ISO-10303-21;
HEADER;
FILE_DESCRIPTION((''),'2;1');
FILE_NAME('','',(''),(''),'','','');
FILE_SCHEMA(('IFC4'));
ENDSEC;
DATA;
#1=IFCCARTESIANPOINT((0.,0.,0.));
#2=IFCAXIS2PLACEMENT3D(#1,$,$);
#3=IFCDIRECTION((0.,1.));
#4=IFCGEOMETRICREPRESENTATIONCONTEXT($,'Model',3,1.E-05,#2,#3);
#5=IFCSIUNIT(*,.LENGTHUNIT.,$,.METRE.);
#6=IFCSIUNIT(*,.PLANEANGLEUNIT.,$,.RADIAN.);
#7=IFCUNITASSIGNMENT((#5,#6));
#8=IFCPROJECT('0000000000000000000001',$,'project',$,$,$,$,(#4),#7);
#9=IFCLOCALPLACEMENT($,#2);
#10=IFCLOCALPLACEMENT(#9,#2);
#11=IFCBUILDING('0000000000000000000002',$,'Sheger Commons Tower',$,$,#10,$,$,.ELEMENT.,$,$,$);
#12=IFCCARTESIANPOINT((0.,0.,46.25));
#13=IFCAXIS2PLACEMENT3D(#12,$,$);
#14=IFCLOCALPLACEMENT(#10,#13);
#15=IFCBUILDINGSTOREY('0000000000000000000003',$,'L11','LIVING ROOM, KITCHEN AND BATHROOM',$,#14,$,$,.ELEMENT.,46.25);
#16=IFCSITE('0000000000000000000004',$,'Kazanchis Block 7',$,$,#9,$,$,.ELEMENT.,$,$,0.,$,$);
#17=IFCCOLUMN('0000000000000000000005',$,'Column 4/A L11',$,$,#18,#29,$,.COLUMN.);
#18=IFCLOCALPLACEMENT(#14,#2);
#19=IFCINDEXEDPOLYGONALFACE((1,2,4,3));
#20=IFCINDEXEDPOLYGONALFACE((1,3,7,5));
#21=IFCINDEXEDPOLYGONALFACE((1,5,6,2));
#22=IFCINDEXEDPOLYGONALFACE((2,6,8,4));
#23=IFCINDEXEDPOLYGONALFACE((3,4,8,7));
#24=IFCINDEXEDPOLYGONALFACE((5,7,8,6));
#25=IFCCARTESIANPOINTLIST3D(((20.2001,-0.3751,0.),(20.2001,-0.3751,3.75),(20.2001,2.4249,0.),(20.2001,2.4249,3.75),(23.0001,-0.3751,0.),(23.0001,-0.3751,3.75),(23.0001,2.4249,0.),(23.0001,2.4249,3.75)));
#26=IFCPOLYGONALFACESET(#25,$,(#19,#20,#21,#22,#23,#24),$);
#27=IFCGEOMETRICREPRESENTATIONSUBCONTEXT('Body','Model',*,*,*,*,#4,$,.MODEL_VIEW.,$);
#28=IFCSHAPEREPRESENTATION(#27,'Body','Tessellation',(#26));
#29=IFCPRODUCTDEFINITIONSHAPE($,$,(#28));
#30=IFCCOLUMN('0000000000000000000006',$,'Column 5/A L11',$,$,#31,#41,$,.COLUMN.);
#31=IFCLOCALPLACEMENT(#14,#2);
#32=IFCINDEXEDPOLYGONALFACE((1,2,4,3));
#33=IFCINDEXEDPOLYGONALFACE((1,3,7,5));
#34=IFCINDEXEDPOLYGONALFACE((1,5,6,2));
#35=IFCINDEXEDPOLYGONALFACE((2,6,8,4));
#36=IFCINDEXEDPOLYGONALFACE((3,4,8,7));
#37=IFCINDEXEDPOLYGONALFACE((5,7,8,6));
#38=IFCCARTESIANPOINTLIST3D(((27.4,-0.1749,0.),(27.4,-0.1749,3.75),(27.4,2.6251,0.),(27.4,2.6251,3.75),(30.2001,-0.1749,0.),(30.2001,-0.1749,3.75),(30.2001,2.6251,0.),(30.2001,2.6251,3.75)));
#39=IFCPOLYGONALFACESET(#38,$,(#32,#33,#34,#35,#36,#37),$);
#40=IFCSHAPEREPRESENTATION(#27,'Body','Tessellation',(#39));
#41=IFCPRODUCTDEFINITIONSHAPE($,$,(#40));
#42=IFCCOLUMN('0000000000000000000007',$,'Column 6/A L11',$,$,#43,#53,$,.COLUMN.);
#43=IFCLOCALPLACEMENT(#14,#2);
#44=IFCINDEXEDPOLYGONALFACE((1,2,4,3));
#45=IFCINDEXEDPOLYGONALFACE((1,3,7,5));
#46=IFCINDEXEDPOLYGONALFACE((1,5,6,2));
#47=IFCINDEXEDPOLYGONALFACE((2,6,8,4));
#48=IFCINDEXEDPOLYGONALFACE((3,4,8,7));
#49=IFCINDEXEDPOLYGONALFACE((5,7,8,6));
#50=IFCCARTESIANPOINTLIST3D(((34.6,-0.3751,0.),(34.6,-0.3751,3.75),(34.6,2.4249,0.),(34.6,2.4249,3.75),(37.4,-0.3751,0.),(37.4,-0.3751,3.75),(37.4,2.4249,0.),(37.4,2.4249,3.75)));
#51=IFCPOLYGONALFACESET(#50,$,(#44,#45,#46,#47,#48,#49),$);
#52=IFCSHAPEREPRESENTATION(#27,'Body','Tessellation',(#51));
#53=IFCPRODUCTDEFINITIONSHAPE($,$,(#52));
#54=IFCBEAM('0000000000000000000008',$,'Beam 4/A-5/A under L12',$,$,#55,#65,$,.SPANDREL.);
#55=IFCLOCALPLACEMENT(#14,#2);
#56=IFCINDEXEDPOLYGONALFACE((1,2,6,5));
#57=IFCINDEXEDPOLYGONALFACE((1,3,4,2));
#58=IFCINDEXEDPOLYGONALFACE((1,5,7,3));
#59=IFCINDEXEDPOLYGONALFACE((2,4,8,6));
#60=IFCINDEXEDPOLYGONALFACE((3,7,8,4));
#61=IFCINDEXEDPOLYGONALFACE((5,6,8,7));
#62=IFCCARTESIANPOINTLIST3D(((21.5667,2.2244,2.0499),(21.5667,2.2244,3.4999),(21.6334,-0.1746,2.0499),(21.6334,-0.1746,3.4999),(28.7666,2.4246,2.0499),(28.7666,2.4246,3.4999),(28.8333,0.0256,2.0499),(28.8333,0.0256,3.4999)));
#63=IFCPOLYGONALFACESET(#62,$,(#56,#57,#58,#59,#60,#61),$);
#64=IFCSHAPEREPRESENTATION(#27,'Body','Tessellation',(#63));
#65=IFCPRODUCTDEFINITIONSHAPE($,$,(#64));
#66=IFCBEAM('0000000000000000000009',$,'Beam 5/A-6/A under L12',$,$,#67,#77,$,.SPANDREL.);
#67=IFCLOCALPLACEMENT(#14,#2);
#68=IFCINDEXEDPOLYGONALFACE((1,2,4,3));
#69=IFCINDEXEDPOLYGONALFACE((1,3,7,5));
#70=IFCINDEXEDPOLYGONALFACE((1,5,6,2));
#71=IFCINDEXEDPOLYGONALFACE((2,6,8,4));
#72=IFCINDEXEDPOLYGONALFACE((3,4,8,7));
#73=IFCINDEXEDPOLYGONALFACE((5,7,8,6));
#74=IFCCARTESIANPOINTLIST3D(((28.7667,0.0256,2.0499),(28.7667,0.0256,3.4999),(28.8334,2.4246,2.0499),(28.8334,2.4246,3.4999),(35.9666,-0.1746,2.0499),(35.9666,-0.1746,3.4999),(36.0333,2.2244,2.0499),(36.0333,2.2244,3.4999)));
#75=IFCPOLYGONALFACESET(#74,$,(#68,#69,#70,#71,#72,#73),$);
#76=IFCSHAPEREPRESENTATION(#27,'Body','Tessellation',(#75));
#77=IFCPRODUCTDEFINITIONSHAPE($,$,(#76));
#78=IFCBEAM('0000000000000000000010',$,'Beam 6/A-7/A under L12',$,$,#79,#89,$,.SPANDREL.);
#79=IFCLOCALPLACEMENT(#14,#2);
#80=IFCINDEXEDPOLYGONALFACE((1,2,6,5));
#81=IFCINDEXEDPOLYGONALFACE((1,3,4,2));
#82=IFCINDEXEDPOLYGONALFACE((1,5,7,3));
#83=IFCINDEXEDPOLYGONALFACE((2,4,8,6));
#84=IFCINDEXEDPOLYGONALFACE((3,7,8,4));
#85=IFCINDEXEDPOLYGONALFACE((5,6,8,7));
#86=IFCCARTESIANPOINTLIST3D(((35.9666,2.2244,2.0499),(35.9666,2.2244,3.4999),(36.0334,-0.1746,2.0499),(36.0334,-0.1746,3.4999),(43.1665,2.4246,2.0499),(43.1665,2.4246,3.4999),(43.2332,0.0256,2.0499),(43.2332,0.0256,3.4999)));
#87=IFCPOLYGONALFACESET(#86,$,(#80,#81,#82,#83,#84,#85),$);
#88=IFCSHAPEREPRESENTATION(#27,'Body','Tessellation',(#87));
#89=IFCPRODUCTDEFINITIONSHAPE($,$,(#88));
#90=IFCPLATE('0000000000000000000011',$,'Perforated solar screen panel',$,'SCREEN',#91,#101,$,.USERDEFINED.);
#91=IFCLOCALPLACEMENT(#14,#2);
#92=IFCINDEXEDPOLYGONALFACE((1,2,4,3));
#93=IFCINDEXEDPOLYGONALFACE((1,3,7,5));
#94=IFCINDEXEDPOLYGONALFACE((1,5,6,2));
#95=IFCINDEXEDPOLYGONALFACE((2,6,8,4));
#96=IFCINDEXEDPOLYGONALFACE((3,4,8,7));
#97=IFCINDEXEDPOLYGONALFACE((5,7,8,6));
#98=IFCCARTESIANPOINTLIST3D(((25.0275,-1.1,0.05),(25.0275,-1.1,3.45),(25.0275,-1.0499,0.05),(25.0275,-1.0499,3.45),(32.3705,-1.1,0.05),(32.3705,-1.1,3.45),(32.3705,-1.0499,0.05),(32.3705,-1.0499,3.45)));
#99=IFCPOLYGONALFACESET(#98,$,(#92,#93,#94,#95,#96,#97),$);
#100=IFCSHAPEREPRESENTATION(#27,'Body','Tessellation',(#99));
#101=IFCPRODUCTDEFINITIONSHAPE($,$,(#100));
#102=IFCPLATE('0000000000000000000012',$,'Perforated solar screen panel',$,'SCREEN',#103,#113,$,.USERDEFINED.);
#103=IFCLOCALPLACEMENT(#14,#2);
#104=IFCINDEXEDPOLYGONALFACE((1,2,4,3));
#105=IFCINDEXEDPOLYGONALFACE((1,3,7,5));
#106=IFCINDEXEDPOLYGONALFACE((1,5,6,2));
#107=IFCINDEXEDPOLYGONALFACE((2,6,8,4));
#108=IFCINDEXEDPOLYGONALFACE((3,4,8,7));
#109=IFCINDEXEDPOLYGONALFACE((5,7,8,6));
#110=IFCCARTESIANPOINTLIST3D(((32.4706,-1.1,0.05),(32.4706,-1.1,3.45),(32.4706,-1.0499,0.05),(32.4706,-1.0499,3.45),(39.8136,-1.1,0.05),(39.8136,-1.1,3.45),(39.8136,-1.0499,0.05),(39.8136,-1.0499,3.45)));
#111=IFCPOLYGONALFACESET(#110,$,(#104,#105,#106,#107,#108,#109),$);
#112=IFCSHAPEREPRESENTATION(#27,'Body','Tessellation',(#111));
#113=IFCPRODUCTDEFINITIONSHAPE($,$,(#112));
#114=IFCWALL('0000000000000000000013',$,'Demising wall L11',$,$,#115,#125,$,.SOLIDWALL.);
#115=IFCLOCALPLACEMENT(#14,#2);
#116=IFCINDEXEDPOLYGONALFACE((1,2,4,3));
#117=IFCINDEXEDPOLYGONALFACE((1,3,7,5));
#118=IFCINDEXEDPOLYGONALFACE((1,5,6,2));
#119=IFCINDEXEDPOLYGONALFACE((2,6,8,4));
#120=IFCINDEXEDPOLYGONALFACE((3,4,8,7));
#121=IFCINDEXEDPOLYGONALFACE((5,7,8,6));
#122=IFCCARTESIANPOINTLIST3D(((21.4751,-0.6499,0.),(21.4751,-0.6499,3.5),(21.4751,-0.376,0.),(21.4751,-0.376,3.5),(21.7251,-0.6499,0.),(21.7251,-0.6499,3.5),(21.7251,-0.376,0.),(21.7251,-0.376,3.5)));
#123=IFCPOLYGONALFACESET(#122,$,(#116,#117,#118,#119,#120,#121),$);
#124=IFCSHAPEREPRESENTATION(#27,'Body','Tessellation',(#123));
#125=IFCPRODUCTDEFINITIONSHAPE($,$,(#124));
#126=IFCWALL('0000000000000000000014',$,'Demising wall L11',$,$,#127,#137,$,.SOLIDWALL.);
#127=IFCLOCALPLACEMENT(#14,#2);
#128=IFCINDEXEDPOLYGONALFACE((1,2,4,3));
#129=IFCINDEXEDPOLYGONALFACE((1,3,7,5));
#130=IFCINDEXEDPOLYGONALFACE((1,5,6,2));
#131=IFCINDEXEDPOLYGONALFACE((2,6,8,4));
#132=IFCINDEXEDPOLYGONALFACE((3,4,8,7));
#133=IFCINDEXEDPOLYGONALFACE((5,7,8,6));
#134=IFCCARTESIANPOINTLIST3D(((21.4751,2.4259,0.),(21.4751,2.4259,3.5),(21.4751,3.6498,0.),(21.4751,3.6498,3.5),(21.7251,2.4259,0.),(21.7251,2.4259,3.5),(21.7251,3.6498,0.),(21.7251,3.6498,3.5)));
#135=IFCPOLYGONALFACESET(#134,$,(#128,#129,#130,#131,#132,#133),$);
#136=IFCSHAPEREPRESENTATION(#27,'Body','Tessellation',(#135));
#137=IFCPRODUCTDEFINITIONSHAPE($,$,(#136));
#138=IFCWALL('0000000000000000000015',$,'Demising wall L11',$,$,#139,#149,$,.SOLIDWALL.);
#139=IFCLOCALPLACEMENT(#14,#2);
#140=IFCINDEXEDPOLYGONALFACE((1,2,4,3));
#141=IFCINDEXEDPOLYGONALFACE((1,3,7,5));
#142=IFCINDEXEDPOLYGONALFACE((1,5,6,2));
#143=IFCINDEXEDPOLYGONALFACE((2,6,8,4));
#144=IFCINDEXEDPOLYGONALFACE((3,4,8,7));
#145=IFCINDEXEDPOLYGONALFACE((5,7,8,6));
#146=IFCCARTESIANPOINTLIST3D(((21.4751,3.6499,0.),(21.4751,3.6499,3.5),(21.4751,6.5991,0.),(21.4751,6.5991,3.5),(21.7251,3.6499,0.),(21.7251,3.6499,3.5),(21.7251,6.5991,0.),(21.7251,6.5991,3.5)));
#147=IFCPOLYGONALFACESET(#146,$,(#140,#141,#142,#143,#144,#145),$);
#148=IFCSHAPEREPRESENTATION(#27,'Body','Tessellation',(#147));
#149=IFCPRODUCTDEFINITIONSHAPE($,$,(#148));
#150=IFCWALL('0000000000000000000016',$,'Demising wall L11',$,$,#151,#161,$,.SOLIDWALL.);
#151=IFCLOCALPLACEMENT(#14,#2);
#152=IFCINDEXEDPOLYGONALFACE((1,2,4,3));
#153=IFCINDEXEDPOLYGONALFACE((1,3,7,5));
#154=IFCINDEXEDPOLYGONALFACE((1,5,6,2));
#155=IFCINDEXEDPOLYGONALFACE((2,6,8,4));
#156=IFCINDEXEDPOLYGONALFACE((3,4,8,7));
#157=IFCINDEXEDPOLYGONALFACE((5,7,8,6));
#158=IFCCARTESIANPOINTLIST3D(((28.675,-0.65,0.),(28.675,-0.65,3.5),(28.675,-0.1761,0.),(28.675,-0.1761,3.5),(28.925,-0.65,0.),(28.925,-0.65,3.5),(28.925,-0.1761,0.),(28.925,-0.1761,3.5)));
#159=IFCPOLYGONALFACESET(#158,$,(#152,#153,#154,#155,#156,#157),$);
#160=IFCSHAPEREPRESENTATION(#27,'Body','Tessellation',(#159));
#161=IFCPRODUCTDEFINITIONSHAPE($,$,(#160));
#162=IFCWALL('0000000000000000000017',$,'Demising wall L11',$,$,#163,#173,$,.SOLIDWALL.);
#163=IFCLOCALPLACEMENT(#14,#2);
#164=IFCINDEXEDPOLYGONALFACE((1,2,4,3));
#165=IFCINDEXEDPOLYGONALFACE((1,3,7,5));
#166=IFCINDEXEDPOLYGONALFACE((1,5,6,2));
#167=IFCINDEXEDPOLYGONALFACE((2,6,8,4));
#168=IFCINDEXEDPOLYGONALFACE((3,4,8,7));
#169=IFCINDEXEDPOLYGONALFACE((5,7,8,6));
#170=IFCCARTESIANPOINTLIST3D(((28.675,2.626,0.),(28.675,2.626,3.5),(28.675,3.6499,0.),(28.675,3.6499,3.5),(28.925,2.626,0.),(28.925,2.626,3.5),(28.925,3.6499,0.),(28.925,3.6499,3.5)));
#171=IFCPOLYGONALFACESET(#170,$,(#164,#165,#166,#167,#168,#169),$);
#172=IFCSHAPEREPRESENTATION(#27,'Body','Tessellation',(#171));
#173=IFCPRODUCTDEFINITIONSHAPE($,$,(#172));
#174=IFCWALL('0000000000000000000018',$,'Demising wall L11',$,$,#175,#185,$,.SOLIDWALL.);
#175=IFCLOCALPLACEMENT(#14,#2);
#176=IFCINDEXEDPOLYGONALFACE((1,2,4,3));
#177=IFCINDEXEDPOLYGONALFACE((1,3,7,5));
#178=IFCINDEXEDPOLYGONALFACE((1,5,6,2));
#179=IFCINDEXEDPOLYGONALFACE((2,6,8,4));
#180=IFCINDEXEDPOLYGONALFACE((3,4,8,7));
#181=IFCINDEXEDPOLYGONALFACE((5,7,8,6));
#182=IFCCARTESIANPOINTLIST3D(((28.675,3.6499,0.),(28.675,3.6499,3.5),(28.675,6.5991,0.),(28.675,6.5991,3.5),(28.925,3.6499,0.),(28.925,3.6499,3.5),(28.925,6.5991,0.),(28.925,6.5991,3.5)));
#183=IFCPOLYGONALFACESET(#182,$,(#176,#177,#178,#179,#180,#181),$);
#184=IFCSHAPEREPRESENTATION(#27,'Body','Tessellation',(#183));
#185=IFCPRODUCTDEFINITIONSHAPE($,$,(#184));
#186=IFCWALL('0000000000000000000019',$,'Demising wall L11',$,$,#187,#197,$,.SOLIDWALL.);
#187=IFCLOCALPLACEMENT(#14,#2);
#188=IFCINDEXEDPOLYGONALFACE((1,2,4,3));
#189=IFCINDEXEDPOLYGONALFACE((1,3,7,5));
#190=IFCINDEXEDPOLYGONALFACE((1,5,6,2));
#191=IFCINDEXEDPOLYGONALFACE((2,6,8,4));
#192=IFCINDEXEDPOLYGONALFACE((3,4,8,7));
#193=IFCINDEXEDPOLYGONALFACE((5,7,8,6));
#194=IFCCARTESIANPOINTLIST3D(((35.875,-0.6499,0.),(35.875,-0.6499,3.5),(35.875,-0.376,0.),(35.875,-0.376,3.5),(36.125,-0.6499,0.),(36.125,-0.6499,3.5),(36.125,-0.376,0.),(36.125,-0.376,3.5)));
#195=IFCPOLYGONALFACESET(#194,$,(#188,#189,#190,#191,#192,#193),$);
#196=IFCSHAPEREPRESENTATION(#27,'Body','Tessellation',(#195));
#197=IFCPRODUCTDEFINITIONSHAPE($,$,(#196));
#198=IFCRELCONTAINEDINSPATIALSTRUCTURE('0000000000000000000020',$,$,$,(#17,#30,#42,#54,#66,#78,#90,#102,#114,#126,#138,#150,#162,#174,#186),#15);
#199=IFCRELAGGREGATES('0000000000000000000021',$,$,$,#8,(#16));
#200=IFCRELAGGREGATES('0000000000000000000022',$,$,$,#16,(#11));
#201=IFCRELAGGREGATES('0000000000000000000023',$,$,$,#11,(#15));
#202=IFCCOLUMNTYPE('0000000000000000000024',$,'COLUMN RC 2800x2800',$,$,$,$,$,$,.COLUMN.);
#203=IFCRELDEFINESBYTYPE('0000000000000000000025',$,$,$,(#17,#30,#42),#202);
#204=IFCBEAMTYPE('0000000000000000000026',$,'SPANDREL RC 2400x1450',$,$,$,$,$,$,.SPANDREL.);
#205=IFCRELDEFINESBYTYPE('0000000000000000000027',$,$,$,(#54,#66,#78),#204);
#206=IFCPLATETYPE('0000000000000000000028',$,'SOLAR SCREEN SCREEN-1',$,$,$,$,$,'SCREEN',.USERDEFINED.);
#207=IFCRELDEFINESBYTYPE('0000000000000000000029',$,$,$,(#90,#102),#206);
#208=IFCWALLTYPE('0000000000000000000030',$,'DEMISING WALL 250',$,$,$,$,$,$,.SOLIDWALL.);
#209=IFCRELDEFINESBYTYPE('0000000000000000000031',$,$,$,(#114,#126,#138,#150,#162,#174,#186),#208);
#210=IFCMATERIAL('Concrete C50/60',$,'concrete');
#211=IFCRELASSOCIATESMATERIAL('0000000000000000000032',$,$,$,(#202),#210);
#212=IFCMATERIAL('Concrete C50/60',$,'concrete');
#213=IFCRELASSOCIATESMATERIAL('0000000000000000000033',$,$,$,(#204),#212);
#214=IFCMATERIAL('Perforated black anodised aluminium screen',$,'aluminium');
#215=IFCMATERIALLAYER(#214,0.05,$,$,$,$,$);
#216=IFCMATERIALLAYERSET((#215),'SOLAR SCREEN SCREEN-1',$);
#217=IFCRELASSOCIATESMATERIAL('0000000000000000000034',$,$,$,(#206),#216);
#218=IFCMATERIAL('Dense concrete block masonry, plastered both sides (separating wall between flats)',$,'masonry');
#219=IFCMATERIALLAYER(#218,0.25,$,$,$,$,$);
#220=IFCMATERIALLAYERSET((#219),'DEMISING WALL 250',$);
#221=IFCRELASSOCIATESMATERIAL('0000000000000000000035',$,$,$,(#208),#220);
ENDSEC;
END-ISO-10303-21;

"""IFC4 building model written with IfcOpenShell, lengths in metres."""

from ifc_helpers import new_model, si_unit, direction, frame, frame_2d, origin, origin_2d, place, context, subcontext, project, spatial, rectangle, extrude, material, layer, layer_set, material_profile, profile_set, type_object, element, save


model = new_model("IFC4")

# Units and contexts
model_context = context("Model", 3, precision=1e-05, world=origin(), true_north=direction((0.0, 1.0)))
body_context = subcontext(model_context, "Body", "Model", "MODEL_VIEW")
ifc_project = project(units=[si_unit("LENGTHUNIT", "METRE"), si_unit("PLANEANGLEUNIT", "RADIAN")], contexts=[model_context])

# Site, building, storey
site_placement = place(None, origin())
site = spatial("IfcSite", under=ifc_project, at=site_placement, Name="Kazanchis Block 7", CompositionType="ELEMENT", RefElevation=0.0)
building_placement = place(site_placement, origin())
building = spatial("IfcBuilding", under=site, at=building_placement, Name="Sheger Commons Tower", CompositionType="ELEMENT")
storey_placement = place(building_placement, frame((0.0, 0.0, 46.25)))
storey = spatial("IfcBuildingStorey", under=building, at=storey_placement, Name="L11", Description="LIVING ROOM, KITCHEN AND BATHROOM", CompositionType="ELEMENT", Elevation=46.25)

# Columns
ifc_material_1 = material(Name="Concrete C50/60", Category="concrete")
ifc_material_profile_1 = material_profile(ifc_material_1, rectangle(XDim=2.8, YDim=2.8, at=origin_2d()), Name="RC 2800x2800")
ifc_profile_set_1 = profile_set([ifc_material_profile_1], Name="Concrete C50/60")
column_type = type_object("IfcColumnType", Name="COLUMN RC 2800x2800", PredefinedType="COLUMN", material=ifc_profile_set_1)
for number, where, z_axis, x_axis, name in (
    (1, (21.6001, 1.0249, 0.0), (0.0, 0.0, 1.0), (1.0, 0.0, 0.0), "Column 4/A L11"),
    (2, (28.8, 1.2251, 0.0), (0.0, 0.0, 1.0), (1.0, 0.0, 0.0), "Column 5/A L11"),
    (3, (36.0, 1.0249, 0.0), (0.0, 0.0, 1.0), (1.0, 0.0, 0.0), "Column 6/A L11"),
):
    element("IfcColumn", number, at=place(storey_placement, frame(where, z_axis=z_axis, x_axis=x_axis)), inside=storey, type_object=column_type, Name=name, PredefinedType="COLUMN", context=body_context, shape_type="SweptSolid", body=[
        extrude(rectangle(XDim=2.8, YDim=2.8, at=origin_2d()), origin(), (0.0, 0.0, 1.0), 3.75),
    ])

# Beams
ifc_material_2 = material(Name="Concrete C50/60", Category="concrete")
ifc_material_profile_2 = material_profile(ifc_material_2, rectangle(XDim=2.3999, YDim=1.45, at=origin_2d()), Name="RC 2400x1450")
ifc_profile_set_2 = profile_set([ifc_material_profile_2], Name="Concrete C50/60")
beam_type = type_object("IfcBeamType", Name="SPANDREL RC 2400x1450", PredefinedType="SPANDREL", material=ifc_profile_set_2)
for number, where, z_axis, x_axis, name in (
    (4, (21.6001, 1.0249, 2.7749), (0.999614, 0.027794, 0.0), (-0.027794, 0.999614, 0.0), "Beam 4/A-5/A under L12"),
    (5, (28.8, 1.2251, 2.7749), (0.999614, -0.027794, 0.0), (0.027794, 0.999614, 0.0), "Beam 5/A-6/A under L12"),
    (6, (36.0, 1.0249, 2.7749), (0.999614, 0.027794, 0.0), (-0.027794, 0.999614, 0.0), "Beam 6/A-7/A under L12"),
):
    element("IfcBeam", number, at=place(storey_placement, frame(where, z_axis=z_axis, x_axis=x_axis)), inside=storey, type_object=beam_type, Name=name, PredefinedType="SPANDREL", context=body_context, shape_type="SweptSolid", body=[
        extrude(rectangle(XDim=2.3999, YDim=1.45, at=origin_2d()), origin(), (0.0, 0.0, 1.0), 7.2026),
    ])

# Plates
ifc_material_3 = material(Name="Perforated black anodised aluminium screen", Category="aluminium")
ifc_layer_1 = layer(ifc_material_3, 0.05)
ifc_layer_set_1 = layer_set([ifc_layer_1], Name="SOLAR SCREEN SCREEN-1")
plate_type = type_object("IfcPlateType", Name="SOLAR SCREEN SCREEN-1", ElementType="SCREEN", PredefinedType="USERDEFINED", material=ifc_layer_set_1)
for number, where, z_axis, x_axis, name in (
    (7, (28.699, -1.075, 0.05), (0.0, 0.0, 1.0), (1.0, 0.0, 0.0), "Perforated solar screen panel"),
    (8, (36.1421, -1.075, 0.05), (0.0, 0.0, 1.0), (1.0, 0.0, 0.0), "Perforated solar screen panel"),
):
    element("IfcPlate", number, at=place(storey_placement, frame(where, z_axis=z_axis, x_axis=x_axis)), inside=storey, type_object=plate_type, Name=name, ObjectType="SCREEN", PredefinedType="USERDEFINED", context=body_context, shape_type="SweptSolid", body=[
        extrude(rectangle(XDim=7.343, YDim=0.05, at=origin_2d()), origin(), (0.0, 0.0, 1.0), 3.3999),
    ])

# Walls
ifc_material_4 = material(Name="Dense concrete block masonry, plastered both sides (separating wall between flats)", Category="masonry")
ifc_layer_2 = layer(ifc_material_4, 0.25)
ifc_layer_set_2 = layer_set([ifc_layer_2], Name="DEMISING WALL 250")
wall_type_1 = type_object("IfcWallType", Name="DEMISING WALL 250", PredefinedType="SOLIDWALL", material=ifc_layer_set_2)
wall_1_placement = place(storey_placement, frame((21.6001, -0.6499, 0.0), z_axis=(0.0, 0.0, 1.0), x_axis=(0.0, 1.0, 0.0)))
element("IfcWall", 9, at=wall_1_placement, inside=storey, type_object=wall_type_1, Name="Demising wall L11", PredefinedType="SOLIDWALL", context=body_context, shape_type="SweptSolid", body=[
    extrude(rectangle(XDim=0.2739, YDim=0.25, at=frame_2d((0.137, 0.0))), origin(), (0.0, 0.0, 1.0), 3.5),
])
wall_2_placement = place(storey_placement, frame((21.6001, 2.426, 0.0), z_axis=(0.0, 0.0, 1.0), x_axis=(0.0, 1.0, 0.0)))
element("IfcWall", 10, at=wall_2_placement, inside=storey, type_object=wall_type_1, Name="Demising wall L11", PredefinedType="SOLIDWALL", context=body_context, shape_type="SweptSolid", body=[
    extrude(rectangle(XDim=1.2239, YDim=0.25, at=frame_2d((0.6118, 0.0))), origin(), (0.0, 0.0, 1.0), 3.5),
])
wall_3_placement = place(storey_placement, frame((21.6001, 3.6499, 0.0), z_axis=(0.0, 0.0, 1.0), x_axis=(0.0, 1.0, 0.0)))
element("IfcWall", 11, at=wall_3_placement, inside=storey, type_object=wall_type_1, Name="Demising wall L11", PredefinedType="SOLIDWALL", context=body_context, shape_type="SweptSolid", body=[
    extrude(rectangle(XDim=2.9492, YDim=0.25, at=frame_2d((1.4746, 0.0))), origin(), (0.0, 0.0, 1.0), 3.5),
])
wall_4_placement = place(storey_placement, frame((28.8, -0.6499, 0.0), z_axis=(0.0, 0.0, 1.0), x_axis=(0.0, 1.0, 0.0)))
element("IfcWall", 12, at=wall_4_placement, inside=storey, type_object=wall_type_1, Name="Demising wall L11", PredefinedType="SOLIDWALL", context=body_context, shape_type="SweptSolid", body=[
    extrude(rectangle(XDim=0.4739, YDim=0.25, at=frame_2d((0.2368, 0.0))), origin(), (0.0, 0.0, 1.0), 3.5),
])
wall_5_placement = place(storey_placement, frame((28.8, 2.626, 0.0), z_axis=(0.0, 0.0, 1.0), x_axis=(0.0, 1.0, 0.0)))
element("IfcWall", 13, at=wall_5_placement, inside=storey, type_object=wall_type_1, Name="Demising wall L11", PredefinedType="SOLIDWALL", context=body_context, shape_type="SweptSolid", body=[
    extrude(rectangle(XDim=1.0239, YDim=0.25, at=frame_2d((0.512, 0.0))), origin(), (0.0, 0.0, 1.0), 3.5),
])
wall_6_placement = place(storey_placement, frame((28.8, 3.6499, 0.0), z_axis=(0.0, 0.0, 1.0), x_axis=(0.0, 1.0, 0.0)))
element("IfcWall", 14, at=wall_6_placement, inside=storey, type_object=wall_type_1, Name="Demising wall L11", PredefinedType="SOLIDWALL", context=body_context, shape_type="SweptSolid", body=[
    extrude(rectangle(XDim=2.9492, YDim=0.25, at=frame_2d((1.4746, 0.0))), origin(), (0.0, 0.0, 1.0), 3.5),
])
wall_7_placement = place(storey_placement, frame((36.0, -0.6499, 0.0), z_axis=(0.0, 0.0, 1.0), x_axis=(0.0, 1.0, 0.0)))
element("IfcWall", 15, at=wall_7_placement, inside=storey, type_object=wall_type_1, Name="Demising wall L11", PredefinedType="SOLIDWALL", context=body_context, shape_type="SweptSolid", body=[
    extrude(rectangle(XDim=0.2739, YDim=0.25, at=frame_2d((0.137, 0.0))), origin(), (0.0, 0.0, 1.0), 3.5),
])

save(model, "model.ifc")
